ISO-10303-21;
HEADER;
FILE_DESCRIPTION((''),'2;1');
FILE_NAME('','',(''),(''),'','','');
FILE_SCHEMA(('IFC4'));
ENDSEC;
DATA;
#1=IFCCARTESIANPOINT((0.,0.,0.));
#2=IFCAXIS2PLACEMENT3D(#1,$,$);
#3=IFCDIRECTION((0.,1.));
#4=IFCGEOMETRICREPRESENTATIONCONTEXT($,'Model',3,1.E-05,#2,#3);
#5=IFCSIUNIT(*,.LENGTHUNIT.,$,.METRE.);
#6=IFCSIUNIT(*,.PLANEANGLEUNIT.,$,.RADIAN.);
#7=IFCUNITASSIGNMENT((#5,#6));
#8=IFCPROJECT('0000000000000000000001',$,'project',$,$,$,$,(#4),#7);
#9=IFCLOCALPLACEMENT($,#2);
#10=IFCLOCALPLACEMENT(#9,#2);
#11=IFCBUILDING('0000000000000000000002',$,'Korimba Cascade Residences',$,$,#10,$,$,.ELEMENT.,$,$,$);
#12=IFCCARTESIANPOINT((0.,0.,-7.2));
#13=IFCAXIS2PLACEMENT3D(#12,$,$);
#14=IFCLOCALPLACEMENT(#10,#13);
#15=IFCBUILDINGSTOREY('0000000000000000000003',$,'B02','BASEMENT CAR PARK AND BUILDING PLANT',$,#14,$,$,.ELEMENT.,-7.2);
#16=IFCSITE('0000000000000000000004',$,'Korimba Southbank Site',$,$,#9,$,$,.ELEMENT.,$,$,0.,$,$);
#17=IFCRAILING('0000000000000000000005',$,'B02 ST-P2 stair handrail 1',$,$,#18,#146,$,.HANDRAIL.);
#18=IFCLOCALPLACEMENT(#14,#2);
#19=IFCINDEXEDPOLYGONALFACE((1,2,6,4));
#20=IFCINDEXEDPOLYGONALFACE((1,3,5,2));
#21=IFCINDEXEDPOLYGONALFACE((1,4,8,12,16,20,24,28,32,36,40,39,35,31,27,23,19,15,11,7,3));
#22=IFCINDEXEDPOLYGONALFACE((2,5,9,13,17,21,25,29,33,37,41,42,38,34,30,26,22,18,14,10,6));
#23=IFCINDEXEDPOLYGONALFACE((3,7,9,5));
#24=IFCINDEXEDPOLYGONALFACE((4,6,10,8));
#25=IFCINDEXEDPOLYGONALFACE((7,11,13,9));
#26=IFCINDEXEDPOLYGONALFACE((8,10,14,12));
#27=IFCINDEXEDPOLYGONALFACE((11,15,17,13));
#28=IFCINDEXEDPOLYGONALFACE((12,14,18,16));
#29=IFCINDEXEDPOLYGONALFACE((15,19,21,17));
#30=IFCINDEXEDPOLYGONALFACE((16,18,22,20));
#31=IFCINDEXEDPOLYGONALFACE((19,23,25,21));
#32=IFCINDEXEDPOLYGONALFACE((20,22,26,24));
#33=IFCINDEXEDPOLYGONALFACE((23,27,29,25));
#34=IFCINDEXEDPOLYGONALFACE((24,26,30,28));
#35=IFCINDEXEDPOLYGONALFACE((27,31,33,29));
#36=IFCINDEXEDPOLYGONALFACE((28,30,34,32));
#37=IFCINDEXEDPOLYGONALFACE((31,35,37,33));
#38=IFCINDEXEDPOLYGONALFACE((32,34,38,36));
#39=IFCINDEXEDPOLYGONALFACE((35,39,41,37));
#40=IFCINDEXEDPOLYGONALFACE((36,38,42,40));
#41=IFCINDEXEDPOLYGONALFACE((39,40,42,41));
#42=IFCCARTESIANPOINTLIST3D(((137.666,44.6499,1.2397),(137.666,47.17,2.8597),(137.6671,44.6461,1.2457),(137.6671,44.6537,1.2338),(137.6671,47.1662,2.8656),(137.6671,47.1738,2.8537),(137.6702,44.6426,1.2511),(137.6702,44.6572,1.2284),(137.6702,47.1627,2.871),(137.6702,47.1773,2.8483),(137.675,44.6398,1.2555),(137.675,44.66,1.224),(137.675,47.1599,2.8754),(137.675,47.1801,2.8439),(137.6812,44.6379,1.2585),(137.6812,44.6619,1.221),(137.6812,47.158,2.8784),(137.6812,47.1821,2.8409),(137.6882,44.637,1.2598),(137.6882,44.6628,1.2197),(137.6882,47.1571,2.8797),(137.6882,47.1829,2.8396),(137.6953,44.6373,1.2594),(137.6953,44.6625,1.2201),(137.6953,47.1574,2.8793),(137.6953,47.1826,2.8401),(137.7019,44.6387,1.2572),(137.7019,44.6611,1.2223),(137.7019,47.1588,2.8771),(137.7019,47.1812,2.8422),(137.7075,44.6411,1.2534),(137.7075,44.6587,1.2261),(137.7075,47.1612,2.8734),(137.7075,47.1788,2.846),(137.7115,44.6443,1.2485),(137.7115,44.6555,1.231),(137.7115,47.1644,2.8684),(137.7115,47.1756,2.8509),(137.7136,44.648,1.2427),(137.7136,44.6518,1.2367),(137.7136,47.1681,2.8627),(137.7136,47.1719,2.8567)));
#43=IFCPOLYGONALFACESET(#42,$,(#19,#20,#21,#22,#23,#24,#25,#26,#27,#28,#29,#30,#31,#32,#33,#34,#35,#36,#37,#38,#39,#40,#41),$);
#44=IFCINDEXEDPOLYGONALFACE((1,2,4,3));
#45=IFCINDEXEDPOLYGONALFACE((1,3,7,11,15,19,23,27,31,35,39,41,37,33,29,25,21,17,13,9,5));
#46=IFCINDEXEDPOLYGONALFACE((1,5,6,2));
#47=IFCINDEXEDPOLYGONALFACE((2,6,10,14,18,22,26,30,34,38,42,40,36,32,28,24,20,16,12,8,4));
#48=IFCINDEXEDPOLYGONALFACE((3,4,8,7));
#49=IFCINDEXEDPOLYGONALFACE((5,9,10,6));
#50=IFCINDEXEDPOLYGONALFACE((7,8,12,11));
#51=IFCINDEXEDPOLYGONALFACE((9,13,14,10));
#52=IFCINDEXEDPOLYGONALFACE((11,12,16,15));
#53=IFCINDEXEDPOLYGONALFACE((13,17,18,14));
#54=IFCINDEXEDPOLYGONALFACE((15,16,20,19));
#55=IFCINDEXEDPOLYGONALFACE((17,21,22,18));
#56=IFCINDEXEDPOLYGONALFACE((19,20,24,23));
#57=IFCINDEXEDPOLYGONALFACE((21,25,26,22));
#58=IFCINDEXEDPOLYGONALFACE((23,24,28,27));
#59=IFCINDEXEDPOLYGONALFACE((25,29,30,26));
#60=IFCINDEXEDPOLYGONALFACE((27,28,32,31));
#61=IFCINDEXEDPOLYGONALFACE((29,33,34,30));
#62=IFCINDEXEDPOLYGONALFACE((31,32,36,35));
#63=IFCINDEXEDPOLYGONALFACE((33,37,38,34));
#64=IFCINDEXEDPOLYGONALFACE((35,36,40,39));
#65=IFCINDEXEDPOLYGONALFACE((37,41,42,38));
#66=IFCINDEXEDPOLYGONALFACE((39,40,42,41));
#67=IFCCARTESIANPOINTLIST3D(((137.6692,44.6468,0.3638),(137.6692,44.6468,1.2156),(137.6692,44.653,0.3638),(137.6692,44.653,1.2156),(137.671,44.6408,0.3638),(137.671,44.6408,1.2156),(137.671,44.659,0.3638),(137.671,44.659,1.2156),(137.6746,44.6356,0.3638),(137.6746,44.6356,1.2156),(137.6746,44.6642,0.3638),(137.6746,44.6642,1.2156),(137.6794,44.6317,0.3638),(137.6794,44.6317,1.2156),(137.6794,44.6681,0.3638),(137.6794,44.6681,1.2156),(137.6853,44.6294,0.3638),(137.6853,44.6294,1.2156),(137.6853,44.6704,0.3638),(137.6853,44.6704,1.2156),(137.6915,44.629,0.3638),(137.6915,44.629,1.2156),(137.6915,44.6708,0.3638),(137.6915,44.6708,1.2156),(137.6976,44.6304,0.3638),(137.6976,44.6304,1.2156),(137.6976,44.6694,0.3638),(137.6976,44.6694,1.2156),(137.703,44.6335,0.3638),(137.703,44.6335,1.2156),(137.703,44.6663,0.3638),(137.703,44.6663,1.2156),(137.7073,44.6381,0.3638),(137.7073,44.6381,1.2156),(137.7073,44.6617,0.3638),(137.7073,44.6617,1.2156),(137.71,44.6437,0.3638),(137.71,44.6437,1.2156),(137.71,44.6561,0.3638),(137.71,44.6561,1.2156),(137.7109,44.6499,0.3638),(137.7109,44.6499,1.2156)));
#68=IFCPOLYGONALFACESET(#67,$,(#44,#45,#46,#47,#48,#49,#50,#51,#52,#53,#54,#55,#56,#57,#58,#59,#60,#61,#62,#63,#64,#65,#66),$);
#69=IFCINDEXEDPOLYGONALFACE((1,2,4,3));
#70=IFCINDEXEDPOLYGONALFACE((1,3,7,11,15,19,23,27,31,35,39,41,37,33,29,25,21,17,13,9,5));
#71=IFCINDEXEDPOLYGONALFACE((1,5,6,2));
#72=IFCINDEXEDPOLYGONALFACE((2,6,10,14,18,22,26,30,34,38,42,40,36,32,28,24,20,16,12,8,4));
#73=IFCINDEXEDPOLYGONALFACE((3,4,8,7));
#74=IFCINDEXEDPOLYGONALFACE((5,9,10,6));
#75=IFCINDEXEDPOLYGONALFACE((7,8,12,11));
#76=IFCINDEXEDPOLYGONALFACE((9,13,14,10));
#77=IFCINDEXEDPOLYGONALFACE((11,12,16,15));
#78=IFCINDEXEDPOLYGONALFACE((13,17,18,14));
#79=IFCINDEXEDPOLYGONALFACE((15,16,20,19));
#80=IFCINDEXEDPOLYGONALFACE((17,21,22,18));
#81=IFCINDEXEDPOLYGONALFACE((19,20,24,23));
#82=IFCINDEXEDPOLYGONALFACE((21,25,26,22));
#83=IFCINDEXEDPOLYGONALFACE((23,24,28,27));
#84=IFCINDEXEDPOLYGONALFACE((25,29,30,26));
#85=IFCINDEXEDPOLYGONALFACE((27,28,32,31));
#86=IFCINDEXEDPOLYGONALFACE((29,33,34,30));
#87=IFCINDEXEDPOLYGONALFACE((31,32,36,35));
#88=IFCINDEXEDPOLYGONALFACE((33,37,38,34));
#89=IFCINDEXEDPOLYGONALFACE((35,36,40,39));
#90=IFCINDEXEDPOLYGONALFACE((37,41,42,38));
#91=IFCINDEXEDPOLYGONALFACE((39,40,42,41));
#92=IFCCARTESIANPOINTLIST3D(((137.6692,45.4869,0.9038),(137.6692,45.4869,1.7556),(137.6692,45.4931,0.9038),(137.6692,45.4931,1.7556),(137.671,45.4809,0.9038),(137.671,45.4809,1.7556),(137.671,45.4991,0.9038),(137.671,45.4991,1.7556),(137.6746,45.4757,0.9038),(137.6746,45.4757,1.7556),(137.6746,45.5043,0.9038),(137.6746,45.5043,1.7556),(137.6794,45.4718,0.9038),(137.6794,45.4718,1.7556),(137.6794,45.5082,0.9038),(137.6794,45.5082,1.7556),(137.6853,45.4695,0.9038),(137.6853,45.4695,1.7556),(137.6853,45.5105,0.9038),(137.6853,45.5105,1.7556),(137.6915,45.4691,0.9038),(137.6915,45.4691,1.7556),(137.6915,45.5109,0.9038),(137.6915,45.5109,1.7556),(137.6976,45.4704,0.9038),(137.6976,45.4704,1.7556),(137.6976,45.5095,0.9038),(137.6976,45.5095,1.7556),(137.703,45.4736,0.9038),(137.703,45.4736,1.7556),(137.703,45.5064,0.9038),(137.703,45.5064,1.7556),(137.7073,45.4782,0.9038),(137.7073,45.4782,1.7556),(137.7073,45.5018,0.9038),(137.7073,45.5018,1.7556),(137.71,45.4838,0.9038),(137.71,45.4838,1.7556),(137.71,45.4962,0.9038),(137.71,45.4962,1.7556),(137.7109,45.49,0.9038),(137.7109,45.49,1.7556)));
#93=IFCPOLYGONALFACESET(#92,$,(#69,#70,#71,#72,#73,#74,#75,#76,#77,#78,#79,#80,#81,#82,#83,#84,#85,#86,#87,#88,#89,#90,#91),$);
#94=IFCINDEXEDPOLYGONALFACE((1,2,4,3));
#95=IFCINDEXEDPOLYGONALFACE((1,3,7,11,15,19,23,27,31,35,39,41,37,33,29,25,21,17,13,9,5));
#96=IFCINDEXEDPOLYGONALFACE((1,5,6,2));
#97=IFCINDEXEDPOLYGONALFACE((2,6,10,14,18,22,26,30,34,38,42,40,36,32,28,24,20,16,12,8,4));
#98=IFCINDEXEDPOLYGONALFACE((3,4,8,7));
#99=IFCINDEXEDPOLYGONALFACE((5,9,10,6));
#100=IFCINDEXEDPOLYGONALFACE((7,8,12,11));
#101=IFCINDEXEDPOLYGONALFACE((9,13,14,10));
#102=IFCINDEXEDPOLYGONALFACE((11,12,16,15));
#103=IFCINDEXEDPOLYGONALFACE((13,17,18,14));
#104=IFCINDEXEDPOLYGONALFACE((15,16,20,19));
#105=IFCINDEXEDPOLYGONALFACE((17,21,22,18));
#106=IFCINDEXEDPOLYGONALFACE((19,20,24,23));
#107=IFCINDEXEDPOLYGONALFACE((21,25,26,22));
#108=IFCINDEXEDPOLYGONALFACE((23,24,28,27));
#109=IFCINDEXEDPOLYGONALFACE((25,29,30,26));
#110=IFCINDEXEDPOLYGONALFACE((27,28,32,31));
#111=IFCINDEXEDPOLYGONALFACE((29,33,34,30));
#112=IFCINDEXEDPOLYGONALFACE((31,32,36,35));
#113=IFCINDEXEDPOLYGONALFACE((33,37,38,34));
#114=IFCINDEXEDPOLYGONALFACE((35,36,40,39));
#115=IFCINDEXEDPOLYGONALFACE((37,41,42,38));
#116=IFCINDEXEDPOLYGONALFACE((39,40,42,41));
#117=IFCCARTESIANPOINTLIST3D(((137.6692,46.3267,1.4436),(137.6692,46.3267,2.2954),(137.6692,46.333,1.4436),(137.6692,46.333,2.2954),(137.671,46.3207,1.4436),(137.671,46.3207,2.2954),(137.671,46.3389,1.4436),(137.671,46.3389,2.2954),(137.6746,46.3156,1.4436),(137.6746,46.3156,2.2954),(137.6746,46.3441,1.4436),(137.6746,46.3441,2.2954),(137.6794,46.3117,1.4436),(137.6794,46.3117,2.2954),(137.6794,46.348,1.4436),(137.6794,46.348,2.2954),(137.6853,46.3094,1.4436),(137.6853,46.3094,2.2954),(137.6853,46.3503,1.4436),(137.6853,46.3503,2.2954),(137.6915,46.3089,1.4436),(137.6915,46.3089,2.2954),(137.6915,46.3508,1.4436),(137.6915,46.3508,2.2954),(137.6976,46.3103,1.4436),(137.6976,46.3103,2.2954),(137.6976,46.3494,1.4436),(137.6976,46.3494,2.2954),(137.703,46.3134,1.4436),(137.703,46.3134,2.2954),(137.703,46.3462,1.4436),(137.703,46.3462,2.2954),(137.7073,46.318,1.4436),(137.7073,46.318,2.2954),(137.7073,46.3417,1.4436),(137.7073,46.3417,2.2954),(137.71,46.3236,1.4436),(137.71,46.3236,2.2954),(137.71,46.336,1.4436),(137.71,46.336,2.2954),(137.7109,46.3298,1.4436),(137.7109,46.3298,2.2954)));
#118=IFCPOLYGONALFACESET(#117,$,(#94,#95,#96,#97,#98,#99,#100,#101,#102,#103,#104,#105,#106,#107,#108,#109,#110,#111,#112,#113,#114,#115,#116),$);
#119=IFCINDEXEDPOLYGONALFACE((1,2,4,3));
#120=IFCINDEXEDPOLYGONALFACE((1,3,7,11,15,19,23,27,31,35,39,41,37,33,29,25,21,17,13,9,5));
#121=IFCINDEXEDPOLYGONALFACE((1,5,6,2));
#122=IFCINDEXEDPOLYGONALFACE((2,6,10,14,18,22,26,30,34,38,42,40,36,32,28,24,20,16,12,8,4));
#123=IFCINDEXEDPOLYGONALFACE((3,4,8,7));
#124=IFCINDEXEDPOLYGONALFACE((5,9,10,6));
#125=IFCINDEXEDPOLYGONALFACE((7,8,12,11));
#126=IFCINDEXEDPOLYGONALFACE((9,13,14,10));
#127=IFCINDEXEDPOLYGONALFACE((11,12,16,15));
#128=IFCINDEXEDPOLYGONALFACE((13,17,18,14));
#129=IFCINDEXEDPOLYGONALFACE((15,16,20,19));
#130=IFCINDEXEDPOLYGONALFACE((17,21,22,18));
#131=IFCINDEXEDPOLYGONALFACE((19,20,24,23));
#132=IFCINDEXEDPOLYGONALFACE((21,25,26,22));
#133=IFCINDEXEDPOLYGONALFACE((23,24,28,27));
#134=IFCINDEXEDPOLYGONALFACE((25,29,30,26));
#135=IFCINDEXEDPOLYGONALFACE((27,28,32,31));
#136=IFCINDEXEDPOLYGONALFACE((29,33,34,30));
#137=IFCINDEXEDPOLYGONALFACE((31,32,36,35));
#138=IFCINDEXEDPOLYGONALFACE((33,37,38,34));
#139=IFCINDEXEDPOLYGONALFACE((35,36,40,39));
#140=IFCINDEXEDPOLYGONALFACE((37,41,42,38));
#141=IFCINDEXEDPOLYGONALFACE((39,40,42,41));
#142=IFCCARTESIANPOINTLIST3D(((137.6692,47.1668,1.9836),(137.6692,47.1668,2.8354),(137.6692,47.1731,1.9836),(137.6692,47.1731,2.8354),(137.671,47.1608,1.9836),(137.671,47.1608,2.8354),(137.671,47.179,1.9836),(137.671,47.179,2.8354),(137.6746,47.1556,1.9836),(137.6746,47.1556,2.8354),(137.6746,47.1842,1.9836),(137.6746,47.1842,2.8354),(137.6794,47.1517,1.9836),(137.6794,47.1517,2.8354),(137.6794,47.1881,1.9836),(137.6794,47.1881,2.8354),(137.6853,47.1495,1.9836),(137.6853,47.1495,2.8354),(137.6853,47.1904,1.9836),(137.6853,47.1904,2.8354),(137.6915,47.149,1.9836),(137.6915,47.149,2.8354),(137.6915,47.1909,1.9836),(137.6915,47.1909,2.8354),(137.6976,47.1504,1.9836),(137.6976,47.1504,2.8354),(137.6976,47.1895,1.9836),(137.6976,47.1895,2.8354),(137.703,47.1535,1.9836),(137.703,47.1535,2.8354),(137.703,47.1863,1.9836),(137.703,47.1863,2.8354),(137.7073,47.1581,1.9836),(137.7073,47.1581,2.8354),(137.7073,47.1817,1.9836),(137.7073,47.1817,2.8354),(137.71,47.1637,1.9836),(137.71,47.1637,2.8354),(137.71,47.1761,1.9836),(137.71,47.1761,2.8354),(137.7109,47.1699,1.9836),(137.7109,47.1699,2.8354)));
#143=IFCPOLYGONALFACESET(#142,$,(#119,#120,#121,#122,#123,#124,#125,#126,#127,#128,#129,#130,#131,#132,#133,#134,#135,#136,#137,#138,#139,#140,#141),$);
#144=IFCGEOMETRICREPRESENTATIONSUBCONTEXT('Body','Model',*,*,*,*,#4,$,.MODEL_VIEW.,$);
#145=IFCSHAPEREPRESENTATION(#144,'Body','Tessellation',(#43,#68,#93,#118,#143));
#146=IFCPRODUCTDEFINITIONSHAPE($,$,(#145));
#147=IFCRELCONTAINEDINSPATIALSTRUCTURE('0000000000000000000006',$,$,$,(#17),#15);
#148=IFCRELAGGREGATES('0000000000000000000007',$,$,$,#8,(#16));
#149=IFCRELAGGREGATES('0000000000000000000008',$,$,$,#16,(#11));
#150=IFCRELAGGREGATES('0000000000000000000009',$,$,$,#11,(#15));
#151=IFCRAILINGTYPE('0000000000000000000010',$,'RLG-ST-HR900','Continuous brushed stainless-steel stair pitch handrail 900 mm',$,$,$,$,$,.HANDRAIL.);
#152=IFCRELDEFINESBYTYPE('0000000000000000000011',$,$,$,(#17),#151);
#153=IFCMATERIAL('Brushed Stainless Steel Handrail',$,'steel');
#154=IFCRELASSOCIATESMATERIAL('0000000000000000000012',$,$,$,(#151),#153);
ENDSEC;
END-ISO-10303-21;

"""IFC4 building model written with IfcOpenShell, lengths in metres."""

from ifc_helpers import new_model, si_unit, direction, frame, origin, origin_2d, place, context, subcontext, project, spatial, circle, extrude, material, type_object, element, save


model = new_model("IFC4")

# Units and contexts
model_context = context("Model", 3, precision=1e-05, world=origin(), true_north=direction((0.0, 1.0)))
body_context = subcontext(model_context, "Body", "Model", "MODEL_VIEW")
ifc_project = project(units=[si_unit("LENGTHUNIT", "METRE"), si_unit("PLANEANGLEUNIT", "RADIAN")], contexts=[model_context])

# Site, building, storey
site_placement = place(None, origin())
site = spatial("IfcSite", under=ifc_project, at=site_placement, Name="Korimba Southbank Site", CompositionType="ELEMENT", RefElevation=0.0)
building_placement = place(site_placement, origin())
building = spatial("IfcBuilding", under=site, at=building_placement, Name="Korimba Cascade Residences", CompositionType="ELEMENT")
storey_placement = place(building_placement, frame((0.0, 0.0, -7.2)))
storey = spatial("IfcBuildingStorey", under=building, at=storey_placement, Name="B02", Description="BASEMENT CAR PARK AND BUILDING PLANT", CompositionType="ELEMENT", Elevation=-7.2)

# Railing
ifc_material_1 = material(Name="Brushed Stainless Steel Handrail", Category="steel")
railing_type_1 = type_object("IfcRailingType", Name="RLG-ST-HR900", Description="Continuous brushed stainless-steel stair pitch handrail 900 mm", PredefinedType="HANDRAIL", material=ifc_material_1)
for number, where, name in (
    (1, (137.6899, 44.6499, 0.3638), "B02 ST-P2 stair handrail 1"),
):
    element("IfcRailing", number, at=place(storey_placement, frame(where)), inside=storey, type_object=railing_type_1, Name=name, PredefinedType="HANDRAIL", context=body_context, shape_type="SweptSolid", body=[
        extrude(circle(Radius=0.0239, at=origin_2d()), frame((0.0, 0.0, 0.876), z_axis=(0.0, 0.8412, 0.540725), x_axis=(-1.0, 0.0, 0.0)), (0.0, 0.0, 1.0), 2.9958),
        extrude(circle(Radius=0.021, at=origin_2d()), origin(), (0.0, 0.0, 1.0), 0.8518),
        extrude(circle(Radius=0.021, at=origin_2d()), frame((0.0, 0.8401, 0.54)), (0.0, 0.0, 1.0), 0.8518),
        extrude(circle(Radius=0.021, at=origin_2d()), frame((0.0, 1.6799, 1.0798)), (0.0, 0.0, 1.0), 0.8518),
        extrude(circle(Radius=0.021, at=origin_2d()), frame((0.0, 2.52, 1.6199)), (0.0, 0.0, 1.0), 0.8518),
    ])

save(model, "model.ifc")
